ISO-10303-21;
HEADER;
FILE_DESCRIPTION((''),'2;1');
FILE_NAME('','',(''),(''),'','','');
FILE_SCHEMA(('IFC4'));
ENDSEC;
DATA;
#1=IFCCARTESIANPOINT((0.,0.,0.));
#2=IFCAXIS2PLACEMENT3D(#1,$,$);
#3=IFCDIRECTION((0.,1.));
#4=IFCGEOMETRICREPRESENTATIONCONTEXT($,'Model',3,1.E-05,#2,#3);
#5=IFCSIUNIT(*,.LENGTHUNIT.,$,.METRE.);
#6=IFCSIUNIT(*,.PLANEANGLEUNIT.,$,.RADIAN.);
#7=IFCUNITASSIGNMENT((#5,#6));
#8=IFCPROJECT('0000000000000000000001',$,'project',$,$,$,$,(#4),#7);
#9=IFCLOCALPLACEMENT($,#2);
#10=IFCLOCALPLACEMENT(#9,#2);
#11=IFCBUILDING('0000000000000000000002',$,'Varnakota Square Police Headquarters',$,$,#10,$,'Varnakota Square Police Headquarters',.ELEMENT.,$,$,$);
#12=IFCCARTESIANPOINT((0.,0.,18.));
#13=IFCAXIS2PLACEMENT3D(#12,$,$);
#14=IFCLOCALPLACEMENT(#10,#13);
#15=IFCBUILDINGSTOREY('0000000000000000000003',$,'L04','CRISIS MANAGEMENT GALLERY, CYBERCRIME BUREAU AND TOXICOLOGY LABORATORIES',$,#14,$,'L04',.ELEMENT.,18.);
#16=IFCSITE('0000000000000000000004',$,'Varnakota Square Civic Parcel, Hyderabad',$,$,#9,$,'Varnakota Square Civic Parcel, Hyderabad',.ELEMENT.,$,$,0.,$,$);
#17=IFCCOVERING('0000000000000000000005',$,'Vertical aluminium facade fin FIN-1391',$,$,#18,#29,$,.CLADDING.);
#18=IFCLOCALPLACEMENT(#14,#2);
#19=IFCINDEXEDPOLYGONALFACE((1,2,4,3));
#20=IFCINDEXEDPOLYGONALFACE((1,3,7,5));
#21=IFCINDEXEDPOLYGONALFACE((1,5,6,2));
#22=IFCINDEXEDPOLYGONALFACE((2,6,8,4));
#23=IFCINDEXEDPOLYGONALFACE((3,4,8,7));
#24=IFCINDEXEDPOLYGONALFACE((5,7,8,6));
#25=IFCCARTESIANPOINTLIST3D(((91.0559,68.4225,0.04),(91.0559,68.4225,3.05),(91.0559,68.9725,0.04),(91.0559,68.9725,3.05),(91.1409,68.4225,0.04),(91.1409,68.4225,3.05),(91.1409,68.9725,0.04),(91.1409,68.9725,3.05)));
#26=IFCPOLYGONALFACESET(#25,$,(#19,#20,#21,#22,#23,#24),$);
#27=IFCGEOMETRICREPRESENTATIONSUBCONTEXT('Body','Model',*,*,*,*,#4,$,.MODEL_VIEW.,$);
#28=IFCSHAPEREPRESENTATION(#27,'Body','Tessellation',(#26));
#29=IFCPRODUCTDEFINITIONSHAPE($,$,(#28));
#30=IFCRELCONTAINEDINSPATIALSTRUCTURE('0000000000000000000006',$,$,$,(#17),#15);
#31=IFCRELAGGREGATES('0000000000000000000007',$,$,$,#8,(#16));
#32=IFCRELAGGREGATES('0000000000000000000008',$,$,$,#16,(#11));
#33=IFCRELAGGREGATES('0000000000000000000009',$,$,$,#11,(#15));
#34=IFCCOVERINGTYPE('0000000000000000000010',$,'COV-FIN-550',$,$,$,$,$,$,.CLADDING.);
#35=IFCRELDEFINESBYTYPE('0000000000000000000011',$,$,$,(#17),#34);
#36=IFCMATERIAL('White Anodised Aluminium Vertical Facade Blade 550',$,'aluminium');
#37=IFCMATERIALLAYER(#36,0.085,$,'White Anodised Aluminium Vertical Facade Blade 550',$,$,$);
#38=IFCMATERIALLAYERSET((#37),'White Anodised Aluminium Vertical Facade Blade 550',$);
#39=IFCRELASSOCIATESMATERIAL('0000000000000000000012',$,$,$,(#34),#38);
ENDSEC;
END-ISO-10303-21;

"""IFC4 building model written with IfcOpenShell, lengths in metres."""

from ifc_helpers import new_model, si_unit, direction, frame, origin, origin_2d, place, context, subcontext, project, spatial, rectangle, extrude, material, layer, layer_set, type_object, element, save


model = new_model("IFC4")

# Units and contexts
model_context = context("Model", 3, precision=1e-05, world=origin(), true_north=direction((0.0, 1.0)))
body_context = subcontext(model_context, "Body", "Model", "MODEL_VIEW")
ifc_project = project(units=[si_unit("LENGTHUNIT", "METRE"), si_unit("PLANEANGLEUNIT", "RADIAN")], contexts=[model_context])

# Site, building, storey
site_placement = place(None, origin())
site = spatial("IfcSite", under=ifc_project, at=site_placement, Name="Varnakota Square Civic Parcel, Hyderabad", LongName="Varnakota Square Civic Parcel, Hyderabad", CompositionType="ELEMENT", RefElevation=0.0)
building_placement = place(site_placement, origin())
building = spatial("IfcBuilding", under=site, at=building_placement, Name="Varnakota Square Police Headquarters", LongName="Varnakota Square Police Headquarters", CompositionType="ELEMENT")
storey_placement = place(building_placement, frame((0.0, 0.0, 18.0)))
storey = spatial("IfcBuildingStorey", under=building, at=storey_placement, Name="L04", Description="CRISIS MANAGEMENT GALLERY, CYBERCRIME BUREAU AND TOXICOLOGY LABORATORIES", LongName="L04", CompositionType="ELEMENT", Elevation=18.0)

# Covering
ifc_material_1 = material(Name="White Anodised Aluminium Vertical Facade Blade 550", Category="aluminium")
ifc_layer_1 = layer(ifc_material_1, 0.085, Name="White Anodised Aluminium Vertical Facade Blade 550")
ifc_layer_set_1 = layer_set([ifc_layer_1], Name="White Anodised Aluminium Vertical Facade Blade 550")
covering_type_1 = type_object("IfcCoveringType", Name="COV-FIN-550", PredefinedType="CLADDING", material=ifc_layer_set_1)
covering_1_placement = place(storey_placement, frame((91.0984, 68.6975, 0.04), z_axis=(0.0, 0.0, 1.0), x_axis=(1.0, 0.0, 0.0)))
element("IfcCovering", 1, at=covering_1_placement, inside=storey, type_object=covering_type_1, Name="Vertical aluminium facade fin FIN-1391", PredefinedType="CLADDING", context=body_context, shape_type="SweptSolid", body=[
    extrude(rectangle(XDim=0.085, YDim=0.55, at=origin_2d()), origin(), (0.0, 0.0, 1.0), 3.01),
])

save(model, "model.ifc")
